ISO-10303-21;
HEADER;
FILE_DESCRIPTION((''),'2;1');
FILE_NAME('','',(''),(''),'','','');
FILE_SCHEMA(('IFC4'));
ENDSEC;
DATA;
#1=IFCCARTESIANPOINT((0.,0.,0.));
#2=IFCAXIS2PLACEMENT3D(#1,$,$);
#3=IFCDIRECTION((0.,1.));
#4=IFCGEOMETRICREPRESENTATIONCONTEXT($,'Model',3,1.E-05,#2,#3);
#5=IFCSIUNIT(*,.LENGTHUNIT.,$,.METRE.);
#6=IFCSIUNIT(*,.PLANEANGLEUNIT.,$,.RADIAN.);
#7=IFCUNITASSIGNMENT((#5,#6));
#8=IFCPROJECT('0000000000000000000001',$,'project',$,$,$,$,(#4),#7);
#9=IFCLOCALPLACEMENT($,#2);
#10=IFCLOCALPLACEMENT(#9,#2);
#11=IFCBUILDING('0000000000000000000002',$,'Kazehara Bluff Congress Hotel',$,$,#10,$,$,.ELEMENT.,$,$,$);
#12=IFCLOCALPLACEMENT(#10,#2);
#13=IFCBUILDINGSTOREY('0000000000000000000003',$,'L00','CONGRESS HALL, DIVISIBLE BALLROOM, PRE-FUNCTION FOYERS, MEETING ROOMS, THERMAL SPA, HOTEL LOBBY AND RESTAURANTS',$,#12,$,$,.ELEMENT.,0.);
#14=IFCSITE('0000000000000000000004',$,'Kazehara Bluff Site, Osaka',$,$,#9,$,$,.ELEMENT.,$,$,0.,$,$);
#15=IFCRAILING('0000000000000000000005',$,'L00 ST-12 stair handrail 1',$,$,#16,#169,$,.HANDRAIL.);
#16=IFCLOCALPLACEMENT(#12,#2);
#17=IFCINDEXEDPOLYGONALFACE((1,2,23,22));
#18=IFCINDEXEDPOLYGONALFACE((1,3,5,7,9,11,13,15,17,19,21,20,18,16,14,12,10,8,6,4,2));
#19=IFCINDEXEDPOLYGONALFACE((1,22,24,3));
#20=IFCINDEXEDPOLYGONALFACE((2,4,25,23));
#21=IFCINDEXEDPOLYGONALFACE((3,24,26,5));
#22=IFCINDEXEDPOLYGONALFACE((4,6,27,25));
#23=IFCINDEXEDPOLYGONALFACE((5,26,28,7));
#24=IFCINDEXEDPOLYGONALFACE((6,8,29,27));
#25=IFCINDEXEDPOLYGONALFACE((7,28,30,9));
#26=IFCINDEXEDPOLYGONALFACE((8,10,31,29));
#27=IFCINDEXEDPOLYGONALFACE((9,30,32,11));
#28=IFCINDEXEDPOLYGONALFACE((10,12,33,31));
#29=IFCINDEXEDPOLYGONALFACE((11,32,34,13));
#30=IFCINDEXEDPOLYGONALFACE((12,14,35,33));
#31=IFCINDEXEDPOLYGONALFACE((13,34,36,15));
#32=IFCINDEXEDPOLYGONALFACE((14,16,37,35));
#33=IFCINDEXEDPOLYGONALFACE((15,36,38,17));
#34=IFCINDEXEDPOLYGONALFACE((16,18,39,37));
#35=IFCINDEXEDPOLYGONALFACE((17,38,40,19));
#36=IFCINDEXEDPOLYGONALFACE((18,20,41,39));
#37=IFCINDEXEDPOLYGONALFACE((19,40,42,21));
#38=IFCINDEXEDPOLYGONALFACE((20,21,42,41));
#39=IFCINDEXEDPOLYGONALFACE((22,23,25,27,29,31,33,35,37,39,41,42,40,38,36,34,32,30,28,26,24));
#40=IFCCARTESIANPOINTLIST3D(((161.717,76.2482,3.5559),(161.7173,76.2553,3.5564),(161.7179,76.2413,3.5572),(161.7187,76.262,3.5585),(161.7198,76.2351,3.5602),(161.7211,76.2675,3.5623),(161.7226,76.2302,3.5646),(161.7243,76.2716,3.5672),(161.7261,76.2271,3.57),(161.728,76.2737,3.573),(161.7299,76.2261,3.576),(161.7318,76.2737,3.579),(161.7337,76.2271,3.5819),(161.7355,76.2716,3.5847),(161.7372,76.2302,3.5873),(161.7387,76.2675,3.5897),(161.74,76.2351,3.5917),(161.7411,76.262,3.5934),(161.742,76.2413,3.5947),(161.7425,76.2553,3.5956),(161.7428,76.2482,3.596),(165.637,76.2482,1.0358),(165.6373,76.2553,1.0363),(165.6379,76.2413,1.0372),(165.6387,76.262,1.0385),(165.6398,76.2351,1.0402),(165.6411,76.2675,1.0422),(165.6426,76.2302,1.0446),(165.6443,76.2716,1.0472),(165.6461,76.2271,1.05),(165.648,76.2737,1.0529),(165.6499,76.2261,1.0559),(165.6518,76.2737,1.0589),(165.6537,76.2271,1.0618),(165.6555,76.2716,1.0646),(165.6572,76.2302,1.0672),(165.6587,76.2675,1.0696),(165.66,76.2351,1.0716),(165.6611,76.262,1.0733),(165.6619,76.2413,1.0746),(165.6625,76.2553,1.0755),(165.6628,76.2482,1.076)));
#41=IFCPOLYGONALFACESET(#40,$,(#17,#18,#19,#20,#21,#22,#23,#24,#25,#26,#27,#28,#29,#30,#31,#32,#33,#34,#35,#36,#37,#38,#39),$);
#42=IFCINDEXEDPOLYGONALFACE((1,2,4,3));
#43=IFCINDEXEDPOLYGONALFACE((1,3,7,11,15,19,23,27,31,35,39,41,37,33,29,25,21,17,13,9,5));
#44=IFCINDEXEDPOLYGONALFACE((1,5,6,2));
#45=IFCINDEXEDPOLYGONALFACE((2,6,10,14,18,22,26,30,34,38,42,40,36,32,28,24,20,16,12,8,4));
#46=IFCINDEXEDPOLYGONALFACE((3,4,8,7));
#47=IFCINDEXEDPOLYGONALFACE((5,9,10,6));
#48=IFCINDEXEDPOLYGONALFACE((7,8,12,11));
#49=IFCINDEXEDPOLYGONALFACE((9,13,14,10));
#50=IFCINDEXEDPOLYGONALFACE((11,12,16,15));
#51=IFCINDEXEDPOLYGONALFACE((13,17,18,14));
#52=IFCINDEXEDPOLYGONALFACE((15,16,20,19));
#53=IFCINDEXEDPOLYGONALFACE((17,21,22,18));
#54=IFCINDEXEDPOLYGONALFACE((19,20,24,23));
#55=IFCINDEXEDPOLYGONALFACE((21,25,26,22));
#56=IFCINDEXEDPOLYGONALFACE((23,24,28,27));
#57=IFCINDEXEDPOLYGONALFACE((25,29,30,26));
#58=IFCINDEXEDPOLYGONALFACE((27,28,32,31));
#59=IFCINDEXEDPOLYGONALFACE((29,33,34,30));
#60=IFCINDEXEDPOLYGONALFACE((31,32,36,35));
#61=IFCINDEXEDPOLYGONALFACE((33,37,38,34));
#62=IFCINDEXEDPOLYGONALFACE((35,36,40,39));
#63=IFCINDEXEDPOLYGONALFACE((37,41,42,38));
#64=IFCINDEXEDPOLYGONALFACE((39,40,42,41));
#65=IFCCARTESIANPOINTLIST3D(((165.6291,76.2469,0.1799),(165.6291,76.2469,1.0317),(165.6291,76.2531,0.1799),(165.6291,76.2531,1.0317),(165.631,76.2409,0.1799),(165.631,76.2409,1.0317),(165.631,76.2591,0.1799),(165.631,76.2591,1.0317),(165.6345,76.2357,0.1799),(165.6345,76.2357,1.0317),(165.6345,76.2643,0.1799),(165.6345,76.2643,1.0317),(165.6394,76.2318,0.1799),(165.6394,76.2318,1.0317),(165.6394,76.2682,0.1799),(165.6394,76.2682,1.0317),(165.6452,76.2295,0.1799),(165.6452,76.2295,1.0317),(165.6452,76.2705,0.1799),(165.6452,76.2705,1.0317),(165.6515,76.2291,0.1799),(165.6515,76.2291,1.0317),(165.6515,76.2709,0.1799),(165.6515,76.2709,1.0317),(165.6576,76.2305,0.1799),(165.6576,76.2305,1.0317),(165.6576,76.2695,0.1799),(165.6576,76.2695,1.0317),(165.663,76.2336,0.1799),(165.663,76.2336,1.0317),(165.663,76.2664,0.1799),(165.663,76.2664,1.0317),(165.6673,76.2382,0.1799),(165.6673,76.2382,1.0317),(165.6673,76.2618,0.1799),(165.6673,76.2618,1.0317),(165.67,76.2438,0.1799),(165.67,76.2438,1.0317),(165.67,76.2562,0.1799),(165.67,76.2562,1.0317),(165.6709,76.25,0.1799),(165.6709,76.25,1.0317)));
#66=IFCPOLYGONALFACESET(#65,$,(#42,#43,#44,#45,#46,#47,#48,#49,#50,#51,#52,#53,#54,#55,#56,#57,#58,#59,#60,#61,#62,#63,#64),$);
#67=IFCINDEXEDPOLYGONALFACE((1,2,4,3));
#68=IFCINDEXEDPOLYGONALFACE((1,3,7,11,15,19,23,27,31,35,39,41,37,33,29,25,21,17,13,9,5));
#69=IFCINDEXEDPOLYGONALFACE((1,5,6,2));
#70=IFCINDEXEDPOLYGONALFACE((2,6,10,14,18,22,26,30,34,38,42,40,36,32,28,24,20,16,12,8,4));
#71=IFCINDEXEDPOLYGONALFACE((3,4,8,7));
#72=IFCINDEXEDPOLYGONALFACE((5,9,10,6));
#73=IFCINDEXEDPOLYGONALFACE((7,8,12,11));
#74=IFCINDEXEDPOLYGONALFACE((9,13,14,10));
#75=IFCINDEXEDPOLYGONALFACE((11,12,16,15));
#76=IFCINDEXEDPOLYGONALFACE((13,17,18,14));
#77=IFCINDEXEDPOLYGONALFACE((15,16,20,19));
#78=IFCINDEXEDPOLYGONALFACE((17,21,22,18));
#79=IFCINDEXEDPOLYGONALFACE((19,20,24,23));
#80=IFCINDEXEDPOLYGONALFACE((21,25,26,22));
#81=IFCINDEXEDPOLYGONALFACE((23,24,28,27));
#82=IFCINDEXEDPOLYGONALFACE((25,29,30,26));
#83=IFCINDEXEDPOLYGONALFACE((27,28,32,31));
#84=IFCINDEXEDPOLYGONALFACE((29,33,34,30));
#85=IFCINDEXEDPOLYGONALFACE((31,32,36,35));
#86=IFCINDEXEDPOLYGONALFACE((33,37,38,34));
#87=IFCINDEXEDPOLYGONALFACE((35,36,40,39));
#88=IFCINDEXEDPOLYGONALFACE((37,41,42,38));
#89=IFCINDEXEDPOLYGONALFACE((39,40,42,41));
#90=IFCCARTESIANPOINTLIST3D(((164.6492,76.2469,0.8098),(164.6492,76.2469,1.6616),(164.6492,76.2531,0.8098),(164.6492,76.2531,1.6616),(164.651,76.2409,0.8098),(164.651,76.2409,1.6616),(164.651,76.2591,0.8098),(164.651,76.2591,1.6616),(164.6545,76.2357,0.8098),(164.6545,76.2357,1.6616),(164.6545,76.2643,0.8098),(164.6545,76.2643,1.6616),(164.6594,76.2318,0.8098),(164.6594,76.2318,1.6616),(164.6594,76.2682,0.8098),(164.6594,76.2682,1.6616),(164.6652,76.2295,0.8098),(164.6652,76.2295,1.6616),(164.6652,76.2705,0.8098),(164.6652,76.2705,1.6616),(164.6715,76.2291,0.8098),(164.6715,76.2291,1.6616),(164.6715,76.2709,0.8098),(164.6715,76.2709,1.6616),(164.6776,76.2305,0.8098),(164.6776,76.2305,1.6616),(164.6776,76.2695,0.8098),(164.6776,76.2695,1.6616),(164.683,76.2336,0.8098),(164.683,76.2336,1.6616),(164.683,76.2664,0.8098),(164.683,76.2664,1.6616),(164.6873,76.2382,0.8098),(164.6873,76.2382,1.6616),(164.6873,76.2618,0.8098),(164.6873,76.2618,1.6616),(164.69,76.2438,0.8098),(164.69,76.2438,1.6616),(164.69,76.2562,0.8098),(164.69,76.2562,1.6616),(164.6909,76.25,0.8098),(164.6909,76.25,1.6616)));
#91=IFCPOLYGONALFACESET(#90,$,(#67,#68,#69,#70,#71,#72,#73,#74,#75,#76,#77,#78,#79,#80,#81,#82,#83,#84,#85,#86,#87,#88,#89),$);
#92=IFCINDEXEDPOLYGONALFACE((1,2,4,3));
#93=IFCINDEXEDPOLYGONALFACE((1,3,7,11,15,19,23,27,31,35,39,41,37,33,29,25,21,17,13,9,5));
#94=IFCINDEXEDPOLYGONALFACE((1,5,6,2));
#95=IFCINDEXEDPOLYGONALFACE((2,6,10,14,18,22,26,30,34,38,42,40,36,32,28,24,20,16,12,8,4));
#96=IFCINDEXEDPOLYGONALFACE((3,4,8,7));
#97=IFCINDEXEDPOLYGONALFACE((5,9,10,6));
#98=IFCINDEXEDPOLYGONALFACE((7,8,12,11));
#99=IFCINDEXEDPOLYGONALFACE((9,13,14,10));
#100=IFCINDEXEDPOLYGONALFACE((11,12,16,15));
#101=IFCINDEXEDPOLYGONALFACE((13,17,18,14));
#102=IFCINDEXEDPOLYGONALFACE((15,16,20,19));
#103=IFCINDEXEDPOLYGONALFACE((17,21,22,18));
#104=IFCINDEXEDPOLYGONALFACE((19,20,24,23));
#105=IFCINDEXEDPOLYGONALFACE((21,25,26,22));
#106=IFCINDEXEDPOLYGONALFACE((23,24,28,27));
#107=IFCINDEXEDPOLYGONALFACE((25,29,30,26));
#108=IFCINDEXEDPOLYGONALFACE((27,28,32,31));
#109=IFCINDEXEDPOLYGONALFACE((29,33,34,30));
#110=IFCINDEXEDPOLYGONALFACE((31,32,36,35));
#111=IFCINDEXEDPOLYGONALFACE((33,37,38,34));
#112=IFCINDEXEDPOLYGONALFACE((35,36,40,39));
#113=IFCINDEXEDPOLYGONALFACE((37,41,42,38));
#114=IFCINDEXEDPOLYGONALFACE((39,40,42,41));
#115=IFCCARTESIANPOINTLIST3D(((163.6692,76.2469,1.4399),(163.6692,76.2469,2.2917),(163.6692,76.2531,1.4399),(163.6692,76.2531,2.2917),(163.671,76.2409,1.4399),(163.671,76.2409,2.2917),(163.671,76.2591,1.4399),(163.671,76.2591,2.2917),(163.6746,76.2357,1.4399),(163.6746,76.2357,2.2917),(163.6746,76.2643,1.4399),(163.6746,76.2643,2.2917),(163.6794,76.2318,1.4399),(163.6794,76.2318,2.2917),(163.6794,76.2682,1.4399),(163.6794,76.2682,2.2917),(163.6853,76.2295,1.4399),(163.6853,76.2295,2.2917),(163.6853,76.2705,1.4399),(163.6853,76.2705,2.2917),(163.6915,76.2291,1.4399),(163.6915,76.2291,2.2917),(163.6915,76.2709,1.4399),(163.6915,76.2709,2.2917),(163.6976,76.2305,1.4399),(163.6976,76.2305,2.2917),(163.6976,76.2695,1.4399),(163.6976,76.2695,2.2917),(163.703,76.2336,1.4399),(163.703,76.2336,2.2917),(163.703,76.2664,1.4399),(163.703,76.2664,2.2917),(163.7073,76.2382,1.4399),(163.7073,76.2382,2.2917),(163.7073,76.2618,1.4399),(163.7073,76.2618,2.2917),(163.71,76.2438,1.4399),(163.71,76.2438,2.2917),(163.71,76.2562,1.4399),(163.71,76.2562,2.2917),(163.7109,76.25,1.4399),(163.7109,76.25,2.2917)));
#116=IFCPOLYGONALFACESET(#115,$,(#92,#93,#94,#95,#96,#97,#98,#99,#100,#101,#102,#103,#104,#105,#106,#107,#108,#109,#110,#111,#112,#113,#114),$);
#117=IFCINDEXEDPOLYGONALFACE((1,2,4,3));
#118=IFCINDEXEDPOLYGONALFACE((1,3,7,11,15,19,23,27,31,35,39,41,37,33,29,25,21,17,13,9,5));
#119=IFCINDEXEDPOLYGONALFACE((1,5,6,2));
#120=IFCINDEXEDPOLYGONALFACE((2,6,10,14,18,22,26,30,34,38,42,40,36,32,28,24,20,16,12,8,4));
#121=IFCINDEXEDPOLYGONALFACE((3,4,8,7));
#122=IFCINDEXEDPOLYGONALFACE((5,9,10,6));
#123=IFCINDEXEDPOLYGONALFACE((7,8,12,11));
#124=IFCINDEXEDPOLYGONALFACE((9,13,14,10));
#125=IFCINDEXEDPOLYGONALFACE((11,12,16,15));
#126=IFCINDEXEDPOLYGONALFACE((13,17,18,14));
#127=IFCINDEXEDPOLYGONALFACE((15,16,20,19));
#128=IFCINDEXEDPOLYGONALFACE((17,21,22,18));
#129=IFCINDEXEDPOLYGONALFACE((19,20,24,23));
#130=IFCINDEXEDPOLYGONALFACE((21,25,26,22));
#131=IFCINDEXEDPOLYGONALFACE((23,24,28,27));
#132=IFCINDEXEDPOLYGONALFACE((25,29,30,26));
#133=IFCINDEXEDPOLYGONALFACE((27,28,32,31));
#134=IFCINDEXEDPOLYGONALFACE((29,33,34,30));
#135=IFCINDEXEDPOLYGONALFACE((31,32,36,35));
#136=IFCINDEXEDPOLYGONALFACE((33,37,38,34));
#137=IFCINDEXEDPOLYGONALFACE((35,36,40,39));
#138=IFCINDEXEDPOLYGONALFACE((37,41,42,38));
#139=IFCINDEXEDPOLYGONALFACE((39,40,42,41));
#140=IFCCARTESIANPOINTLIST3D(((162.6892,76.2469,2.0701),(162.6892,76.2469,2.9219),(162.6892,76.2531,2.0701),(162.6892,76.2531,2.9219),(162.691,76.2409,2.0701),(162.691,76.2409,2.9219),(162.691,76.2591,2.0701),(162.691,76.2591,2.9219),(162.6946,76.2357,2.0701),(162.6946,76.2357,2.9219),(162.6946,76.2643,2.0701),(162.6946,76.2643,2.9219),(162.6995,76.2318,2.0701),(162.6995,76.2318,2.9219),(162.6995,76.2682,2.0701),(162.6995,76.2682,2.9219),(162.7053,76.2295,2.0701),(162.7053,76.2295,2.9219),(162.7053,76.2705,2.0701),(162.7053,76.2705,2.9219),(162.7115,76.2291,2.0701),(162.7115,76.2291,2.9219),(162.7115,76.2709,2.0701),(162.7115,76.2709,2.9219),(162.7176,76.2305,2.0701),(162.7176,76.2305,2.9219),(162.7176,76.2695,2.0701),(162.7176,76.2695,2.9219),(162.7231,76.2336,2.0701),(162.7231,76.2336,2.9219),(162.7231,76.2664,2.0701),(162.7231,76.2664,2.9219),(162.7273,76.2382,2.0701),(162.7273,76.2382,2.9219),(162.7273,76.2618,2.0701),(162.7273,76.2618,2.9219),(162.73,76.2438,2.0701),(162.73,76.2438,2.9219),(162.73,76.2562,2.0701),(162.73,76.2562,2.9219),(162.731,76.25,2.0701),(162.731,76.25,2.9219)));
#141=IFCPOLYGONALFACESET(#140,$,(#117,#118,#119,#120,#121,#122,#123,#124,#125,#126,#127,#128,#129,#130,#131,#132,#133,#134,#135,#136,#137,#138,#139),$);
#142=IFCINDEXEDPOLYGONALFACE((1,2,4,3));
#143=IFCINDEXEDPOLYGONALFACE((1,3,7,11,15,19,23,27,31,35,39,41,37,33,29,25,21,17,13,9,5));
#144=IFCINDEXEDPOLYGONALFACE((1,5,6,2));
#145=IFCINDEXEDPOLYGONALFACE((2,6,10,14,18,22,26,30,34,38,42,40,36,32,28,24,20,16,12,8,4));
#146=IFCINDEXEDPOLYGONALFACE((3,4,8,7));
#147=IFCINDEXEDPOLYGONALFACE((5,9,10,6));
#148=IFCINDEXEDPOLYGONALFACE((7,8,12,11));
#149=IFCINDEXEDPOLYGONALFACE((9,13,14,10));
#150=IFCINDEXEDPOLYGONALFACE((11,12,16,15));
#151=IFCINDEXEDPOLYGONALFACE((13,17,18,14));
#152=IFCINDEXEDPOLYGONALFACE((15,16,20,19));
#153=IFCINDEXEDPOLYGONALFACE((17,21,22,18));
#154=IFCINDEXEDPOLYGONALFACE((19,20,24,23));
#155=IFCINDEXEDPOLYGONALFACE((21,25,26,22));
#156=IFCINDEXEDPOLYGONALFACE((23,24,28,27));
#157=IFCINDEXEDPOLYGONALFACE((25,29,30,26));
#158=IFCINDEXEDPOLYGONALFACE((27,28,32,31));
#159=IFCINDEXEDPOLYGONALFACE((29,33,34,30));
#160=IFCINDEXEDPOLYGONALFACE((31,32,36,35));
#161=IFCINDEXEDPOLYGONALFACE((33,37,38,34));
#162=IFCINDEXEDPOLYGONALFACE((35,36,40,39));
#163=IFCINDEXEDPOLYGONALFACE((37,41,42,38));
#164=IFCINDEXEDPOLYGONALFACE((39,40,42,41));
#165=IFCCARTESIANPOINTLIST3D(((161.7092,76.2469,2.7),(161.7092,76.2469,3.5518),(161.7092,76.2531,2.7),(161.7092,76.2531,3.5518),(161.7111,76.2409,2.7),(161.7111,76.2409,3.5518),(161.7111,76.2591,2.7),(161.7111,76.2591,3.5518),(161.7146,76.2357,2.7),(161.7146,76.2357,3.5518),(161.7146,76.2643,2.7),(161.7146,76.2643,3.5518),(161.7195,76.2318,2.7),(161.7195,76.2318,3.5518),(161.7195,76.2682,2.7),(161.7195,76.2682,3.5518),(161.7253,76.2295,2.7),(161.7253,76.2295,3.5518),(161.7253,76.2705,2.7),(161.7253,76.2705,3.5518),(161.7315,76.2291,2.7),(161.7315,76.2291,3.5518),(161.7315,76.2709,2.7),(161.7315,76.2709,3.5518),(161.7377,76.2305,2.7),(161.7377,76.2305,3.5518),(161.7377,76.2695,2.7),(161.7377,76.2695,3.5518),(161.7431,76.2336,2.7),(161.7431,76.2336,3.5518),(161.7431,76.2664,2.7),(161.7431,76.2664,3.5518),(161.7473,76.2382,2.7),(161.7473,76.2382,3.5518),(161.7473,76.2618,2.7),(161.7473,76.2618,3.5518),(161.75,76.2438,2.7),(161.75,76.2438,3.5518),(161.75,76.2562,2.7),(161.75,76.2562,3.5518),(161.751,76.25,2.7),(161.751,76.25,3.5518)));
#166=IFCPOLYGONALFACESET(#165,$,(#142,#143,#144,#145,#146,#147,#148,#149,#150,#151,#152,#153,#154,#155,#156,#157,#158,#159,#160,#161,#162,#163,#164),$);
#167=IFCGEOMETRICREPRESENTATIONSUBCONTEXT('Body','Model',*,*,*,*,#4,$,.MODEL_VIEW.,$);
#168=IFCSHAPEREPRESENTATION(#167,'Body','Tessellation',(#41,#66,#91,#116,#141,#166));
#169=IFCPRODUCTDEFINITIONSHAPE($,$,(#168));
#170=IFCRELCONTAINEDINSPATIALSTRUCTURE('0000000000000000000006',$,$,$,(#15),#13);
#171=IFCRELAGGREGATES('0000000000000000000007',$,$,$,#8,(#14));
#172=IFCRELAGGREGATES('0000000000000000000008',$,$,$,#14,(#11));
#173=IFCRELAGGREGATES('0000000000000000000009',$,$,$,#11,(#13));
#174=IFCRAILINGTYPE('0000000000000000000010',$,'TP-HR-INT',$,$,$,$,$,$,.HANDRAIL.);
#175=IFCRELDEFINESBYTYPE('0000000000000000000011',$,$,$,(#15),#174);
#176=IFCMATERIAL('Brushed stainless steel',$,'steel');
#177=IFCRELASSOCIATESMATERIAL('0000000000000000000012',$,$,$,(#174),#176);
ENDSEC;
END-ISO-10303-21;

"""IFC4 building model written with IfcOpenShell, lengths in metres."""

from ifc_helpers import new_model, si_unit, direction, frame, origin, origin_2d, place, context, subcontext, project, spatial, circle, extrude, material, type_object, element, save


model = new_model("IFC4")

# Units and contexts
model_context = context("Model", 3, precision=1e-05, world=origin(), true_north=direction((0.0, 1.0)))
body_context = subcontext(model_context, "Body", "Model", "MODEL_VIEW")
ifc_project = project(units=[si_unit("LENGTHUNIT", "METRE"), si_unit("PLANEANGLEUNIT", "RADIAN")], contexts=[model_context])

# Site, building, storey
site_placement = place(None, origin())
site = spatial("IfcSite", under=ifc_project, at=site_placement, Name="Kazehara Bluff Site, Osaka", CompositionType="ELEMENT", RefElevation=0.0)
building_placement = place(site_placement, origin())
building = spatial("IfcBuilding", under=site, at=building_placement, Name="Kazehara Bluff Congress Hotel", CompositionType="ELEMENT")
storey_placement = place(building_placement, origin())
storey = spatial("IfcBuildingStorey", under=building, at=storey_placement, Name="L00", Description="CONGRESS HALL, DIVISIBLE BALLROOM, PRE-FUNCTION FOYERS, MEETING ROOMS, THERMAL SPA, HOTEL LOBBY AND RESTAURANTS", CompositionType="ELEMENT", Elevation=0.0)

# Railing
ifc_material_1 = material(Name="Brushed stainless steel", Category="steel")
railing_type_1 = type_object("IfcRailingType", Name="TP-HR-INT", PredefinedType="HANDRAIL", material=ifc_material_1)
railing_1_placement = place(storey_placement, frame((165.6499, 76.25, 0.1799)))
element("IfcRailing", 1, at=railing_1_placement, inside=storey, type_object=railing_type_1, Name="L00 ST-12 stair handrail 1", PredefinedType="HANDRAIL", context=body_context, shape_type="SweptSolid", body=[
    extrude(circle(Radius=0.0239, at=origin_2d()), frame((0.0, 0.0, 0.876), z_axis=(-0.841172, 0.0, 0.540768), x_axis=(0.0, -1.0, 0.0)), (0.0, 0.0, 1.0), 4.6602),
    extrude(circle(Radius=0.021, at=origin_2d()), origin(), (0.0, 0.0, 1.0), 0.8518),
    extrude(circle(Radius=0.021, at=origin_2d()), frame((-0.98, 0.0, 0.6299)), (0.0, 0.0, 1.0), 0.8518),
    extrude(circle(Radius=0.021, at=origin_2d()), frame((-1.96, 0.0, 1.26)), (0.0, 0.0, 1.0), 0.8518),
    extrude(circle(Radius=0.021, at=origin_2d()), frame((-2.9399, 0.0, 1.8901)), (0.0, 0.0, 1.0), 0.8518),
    extrude(circle(Radius=0.021, at=origin_2d()), frame((-3.9199, 0.0, 2.52)), (0.0, 0.0, 1.0), 0.8518),
])

save(model, "model.ifc")
